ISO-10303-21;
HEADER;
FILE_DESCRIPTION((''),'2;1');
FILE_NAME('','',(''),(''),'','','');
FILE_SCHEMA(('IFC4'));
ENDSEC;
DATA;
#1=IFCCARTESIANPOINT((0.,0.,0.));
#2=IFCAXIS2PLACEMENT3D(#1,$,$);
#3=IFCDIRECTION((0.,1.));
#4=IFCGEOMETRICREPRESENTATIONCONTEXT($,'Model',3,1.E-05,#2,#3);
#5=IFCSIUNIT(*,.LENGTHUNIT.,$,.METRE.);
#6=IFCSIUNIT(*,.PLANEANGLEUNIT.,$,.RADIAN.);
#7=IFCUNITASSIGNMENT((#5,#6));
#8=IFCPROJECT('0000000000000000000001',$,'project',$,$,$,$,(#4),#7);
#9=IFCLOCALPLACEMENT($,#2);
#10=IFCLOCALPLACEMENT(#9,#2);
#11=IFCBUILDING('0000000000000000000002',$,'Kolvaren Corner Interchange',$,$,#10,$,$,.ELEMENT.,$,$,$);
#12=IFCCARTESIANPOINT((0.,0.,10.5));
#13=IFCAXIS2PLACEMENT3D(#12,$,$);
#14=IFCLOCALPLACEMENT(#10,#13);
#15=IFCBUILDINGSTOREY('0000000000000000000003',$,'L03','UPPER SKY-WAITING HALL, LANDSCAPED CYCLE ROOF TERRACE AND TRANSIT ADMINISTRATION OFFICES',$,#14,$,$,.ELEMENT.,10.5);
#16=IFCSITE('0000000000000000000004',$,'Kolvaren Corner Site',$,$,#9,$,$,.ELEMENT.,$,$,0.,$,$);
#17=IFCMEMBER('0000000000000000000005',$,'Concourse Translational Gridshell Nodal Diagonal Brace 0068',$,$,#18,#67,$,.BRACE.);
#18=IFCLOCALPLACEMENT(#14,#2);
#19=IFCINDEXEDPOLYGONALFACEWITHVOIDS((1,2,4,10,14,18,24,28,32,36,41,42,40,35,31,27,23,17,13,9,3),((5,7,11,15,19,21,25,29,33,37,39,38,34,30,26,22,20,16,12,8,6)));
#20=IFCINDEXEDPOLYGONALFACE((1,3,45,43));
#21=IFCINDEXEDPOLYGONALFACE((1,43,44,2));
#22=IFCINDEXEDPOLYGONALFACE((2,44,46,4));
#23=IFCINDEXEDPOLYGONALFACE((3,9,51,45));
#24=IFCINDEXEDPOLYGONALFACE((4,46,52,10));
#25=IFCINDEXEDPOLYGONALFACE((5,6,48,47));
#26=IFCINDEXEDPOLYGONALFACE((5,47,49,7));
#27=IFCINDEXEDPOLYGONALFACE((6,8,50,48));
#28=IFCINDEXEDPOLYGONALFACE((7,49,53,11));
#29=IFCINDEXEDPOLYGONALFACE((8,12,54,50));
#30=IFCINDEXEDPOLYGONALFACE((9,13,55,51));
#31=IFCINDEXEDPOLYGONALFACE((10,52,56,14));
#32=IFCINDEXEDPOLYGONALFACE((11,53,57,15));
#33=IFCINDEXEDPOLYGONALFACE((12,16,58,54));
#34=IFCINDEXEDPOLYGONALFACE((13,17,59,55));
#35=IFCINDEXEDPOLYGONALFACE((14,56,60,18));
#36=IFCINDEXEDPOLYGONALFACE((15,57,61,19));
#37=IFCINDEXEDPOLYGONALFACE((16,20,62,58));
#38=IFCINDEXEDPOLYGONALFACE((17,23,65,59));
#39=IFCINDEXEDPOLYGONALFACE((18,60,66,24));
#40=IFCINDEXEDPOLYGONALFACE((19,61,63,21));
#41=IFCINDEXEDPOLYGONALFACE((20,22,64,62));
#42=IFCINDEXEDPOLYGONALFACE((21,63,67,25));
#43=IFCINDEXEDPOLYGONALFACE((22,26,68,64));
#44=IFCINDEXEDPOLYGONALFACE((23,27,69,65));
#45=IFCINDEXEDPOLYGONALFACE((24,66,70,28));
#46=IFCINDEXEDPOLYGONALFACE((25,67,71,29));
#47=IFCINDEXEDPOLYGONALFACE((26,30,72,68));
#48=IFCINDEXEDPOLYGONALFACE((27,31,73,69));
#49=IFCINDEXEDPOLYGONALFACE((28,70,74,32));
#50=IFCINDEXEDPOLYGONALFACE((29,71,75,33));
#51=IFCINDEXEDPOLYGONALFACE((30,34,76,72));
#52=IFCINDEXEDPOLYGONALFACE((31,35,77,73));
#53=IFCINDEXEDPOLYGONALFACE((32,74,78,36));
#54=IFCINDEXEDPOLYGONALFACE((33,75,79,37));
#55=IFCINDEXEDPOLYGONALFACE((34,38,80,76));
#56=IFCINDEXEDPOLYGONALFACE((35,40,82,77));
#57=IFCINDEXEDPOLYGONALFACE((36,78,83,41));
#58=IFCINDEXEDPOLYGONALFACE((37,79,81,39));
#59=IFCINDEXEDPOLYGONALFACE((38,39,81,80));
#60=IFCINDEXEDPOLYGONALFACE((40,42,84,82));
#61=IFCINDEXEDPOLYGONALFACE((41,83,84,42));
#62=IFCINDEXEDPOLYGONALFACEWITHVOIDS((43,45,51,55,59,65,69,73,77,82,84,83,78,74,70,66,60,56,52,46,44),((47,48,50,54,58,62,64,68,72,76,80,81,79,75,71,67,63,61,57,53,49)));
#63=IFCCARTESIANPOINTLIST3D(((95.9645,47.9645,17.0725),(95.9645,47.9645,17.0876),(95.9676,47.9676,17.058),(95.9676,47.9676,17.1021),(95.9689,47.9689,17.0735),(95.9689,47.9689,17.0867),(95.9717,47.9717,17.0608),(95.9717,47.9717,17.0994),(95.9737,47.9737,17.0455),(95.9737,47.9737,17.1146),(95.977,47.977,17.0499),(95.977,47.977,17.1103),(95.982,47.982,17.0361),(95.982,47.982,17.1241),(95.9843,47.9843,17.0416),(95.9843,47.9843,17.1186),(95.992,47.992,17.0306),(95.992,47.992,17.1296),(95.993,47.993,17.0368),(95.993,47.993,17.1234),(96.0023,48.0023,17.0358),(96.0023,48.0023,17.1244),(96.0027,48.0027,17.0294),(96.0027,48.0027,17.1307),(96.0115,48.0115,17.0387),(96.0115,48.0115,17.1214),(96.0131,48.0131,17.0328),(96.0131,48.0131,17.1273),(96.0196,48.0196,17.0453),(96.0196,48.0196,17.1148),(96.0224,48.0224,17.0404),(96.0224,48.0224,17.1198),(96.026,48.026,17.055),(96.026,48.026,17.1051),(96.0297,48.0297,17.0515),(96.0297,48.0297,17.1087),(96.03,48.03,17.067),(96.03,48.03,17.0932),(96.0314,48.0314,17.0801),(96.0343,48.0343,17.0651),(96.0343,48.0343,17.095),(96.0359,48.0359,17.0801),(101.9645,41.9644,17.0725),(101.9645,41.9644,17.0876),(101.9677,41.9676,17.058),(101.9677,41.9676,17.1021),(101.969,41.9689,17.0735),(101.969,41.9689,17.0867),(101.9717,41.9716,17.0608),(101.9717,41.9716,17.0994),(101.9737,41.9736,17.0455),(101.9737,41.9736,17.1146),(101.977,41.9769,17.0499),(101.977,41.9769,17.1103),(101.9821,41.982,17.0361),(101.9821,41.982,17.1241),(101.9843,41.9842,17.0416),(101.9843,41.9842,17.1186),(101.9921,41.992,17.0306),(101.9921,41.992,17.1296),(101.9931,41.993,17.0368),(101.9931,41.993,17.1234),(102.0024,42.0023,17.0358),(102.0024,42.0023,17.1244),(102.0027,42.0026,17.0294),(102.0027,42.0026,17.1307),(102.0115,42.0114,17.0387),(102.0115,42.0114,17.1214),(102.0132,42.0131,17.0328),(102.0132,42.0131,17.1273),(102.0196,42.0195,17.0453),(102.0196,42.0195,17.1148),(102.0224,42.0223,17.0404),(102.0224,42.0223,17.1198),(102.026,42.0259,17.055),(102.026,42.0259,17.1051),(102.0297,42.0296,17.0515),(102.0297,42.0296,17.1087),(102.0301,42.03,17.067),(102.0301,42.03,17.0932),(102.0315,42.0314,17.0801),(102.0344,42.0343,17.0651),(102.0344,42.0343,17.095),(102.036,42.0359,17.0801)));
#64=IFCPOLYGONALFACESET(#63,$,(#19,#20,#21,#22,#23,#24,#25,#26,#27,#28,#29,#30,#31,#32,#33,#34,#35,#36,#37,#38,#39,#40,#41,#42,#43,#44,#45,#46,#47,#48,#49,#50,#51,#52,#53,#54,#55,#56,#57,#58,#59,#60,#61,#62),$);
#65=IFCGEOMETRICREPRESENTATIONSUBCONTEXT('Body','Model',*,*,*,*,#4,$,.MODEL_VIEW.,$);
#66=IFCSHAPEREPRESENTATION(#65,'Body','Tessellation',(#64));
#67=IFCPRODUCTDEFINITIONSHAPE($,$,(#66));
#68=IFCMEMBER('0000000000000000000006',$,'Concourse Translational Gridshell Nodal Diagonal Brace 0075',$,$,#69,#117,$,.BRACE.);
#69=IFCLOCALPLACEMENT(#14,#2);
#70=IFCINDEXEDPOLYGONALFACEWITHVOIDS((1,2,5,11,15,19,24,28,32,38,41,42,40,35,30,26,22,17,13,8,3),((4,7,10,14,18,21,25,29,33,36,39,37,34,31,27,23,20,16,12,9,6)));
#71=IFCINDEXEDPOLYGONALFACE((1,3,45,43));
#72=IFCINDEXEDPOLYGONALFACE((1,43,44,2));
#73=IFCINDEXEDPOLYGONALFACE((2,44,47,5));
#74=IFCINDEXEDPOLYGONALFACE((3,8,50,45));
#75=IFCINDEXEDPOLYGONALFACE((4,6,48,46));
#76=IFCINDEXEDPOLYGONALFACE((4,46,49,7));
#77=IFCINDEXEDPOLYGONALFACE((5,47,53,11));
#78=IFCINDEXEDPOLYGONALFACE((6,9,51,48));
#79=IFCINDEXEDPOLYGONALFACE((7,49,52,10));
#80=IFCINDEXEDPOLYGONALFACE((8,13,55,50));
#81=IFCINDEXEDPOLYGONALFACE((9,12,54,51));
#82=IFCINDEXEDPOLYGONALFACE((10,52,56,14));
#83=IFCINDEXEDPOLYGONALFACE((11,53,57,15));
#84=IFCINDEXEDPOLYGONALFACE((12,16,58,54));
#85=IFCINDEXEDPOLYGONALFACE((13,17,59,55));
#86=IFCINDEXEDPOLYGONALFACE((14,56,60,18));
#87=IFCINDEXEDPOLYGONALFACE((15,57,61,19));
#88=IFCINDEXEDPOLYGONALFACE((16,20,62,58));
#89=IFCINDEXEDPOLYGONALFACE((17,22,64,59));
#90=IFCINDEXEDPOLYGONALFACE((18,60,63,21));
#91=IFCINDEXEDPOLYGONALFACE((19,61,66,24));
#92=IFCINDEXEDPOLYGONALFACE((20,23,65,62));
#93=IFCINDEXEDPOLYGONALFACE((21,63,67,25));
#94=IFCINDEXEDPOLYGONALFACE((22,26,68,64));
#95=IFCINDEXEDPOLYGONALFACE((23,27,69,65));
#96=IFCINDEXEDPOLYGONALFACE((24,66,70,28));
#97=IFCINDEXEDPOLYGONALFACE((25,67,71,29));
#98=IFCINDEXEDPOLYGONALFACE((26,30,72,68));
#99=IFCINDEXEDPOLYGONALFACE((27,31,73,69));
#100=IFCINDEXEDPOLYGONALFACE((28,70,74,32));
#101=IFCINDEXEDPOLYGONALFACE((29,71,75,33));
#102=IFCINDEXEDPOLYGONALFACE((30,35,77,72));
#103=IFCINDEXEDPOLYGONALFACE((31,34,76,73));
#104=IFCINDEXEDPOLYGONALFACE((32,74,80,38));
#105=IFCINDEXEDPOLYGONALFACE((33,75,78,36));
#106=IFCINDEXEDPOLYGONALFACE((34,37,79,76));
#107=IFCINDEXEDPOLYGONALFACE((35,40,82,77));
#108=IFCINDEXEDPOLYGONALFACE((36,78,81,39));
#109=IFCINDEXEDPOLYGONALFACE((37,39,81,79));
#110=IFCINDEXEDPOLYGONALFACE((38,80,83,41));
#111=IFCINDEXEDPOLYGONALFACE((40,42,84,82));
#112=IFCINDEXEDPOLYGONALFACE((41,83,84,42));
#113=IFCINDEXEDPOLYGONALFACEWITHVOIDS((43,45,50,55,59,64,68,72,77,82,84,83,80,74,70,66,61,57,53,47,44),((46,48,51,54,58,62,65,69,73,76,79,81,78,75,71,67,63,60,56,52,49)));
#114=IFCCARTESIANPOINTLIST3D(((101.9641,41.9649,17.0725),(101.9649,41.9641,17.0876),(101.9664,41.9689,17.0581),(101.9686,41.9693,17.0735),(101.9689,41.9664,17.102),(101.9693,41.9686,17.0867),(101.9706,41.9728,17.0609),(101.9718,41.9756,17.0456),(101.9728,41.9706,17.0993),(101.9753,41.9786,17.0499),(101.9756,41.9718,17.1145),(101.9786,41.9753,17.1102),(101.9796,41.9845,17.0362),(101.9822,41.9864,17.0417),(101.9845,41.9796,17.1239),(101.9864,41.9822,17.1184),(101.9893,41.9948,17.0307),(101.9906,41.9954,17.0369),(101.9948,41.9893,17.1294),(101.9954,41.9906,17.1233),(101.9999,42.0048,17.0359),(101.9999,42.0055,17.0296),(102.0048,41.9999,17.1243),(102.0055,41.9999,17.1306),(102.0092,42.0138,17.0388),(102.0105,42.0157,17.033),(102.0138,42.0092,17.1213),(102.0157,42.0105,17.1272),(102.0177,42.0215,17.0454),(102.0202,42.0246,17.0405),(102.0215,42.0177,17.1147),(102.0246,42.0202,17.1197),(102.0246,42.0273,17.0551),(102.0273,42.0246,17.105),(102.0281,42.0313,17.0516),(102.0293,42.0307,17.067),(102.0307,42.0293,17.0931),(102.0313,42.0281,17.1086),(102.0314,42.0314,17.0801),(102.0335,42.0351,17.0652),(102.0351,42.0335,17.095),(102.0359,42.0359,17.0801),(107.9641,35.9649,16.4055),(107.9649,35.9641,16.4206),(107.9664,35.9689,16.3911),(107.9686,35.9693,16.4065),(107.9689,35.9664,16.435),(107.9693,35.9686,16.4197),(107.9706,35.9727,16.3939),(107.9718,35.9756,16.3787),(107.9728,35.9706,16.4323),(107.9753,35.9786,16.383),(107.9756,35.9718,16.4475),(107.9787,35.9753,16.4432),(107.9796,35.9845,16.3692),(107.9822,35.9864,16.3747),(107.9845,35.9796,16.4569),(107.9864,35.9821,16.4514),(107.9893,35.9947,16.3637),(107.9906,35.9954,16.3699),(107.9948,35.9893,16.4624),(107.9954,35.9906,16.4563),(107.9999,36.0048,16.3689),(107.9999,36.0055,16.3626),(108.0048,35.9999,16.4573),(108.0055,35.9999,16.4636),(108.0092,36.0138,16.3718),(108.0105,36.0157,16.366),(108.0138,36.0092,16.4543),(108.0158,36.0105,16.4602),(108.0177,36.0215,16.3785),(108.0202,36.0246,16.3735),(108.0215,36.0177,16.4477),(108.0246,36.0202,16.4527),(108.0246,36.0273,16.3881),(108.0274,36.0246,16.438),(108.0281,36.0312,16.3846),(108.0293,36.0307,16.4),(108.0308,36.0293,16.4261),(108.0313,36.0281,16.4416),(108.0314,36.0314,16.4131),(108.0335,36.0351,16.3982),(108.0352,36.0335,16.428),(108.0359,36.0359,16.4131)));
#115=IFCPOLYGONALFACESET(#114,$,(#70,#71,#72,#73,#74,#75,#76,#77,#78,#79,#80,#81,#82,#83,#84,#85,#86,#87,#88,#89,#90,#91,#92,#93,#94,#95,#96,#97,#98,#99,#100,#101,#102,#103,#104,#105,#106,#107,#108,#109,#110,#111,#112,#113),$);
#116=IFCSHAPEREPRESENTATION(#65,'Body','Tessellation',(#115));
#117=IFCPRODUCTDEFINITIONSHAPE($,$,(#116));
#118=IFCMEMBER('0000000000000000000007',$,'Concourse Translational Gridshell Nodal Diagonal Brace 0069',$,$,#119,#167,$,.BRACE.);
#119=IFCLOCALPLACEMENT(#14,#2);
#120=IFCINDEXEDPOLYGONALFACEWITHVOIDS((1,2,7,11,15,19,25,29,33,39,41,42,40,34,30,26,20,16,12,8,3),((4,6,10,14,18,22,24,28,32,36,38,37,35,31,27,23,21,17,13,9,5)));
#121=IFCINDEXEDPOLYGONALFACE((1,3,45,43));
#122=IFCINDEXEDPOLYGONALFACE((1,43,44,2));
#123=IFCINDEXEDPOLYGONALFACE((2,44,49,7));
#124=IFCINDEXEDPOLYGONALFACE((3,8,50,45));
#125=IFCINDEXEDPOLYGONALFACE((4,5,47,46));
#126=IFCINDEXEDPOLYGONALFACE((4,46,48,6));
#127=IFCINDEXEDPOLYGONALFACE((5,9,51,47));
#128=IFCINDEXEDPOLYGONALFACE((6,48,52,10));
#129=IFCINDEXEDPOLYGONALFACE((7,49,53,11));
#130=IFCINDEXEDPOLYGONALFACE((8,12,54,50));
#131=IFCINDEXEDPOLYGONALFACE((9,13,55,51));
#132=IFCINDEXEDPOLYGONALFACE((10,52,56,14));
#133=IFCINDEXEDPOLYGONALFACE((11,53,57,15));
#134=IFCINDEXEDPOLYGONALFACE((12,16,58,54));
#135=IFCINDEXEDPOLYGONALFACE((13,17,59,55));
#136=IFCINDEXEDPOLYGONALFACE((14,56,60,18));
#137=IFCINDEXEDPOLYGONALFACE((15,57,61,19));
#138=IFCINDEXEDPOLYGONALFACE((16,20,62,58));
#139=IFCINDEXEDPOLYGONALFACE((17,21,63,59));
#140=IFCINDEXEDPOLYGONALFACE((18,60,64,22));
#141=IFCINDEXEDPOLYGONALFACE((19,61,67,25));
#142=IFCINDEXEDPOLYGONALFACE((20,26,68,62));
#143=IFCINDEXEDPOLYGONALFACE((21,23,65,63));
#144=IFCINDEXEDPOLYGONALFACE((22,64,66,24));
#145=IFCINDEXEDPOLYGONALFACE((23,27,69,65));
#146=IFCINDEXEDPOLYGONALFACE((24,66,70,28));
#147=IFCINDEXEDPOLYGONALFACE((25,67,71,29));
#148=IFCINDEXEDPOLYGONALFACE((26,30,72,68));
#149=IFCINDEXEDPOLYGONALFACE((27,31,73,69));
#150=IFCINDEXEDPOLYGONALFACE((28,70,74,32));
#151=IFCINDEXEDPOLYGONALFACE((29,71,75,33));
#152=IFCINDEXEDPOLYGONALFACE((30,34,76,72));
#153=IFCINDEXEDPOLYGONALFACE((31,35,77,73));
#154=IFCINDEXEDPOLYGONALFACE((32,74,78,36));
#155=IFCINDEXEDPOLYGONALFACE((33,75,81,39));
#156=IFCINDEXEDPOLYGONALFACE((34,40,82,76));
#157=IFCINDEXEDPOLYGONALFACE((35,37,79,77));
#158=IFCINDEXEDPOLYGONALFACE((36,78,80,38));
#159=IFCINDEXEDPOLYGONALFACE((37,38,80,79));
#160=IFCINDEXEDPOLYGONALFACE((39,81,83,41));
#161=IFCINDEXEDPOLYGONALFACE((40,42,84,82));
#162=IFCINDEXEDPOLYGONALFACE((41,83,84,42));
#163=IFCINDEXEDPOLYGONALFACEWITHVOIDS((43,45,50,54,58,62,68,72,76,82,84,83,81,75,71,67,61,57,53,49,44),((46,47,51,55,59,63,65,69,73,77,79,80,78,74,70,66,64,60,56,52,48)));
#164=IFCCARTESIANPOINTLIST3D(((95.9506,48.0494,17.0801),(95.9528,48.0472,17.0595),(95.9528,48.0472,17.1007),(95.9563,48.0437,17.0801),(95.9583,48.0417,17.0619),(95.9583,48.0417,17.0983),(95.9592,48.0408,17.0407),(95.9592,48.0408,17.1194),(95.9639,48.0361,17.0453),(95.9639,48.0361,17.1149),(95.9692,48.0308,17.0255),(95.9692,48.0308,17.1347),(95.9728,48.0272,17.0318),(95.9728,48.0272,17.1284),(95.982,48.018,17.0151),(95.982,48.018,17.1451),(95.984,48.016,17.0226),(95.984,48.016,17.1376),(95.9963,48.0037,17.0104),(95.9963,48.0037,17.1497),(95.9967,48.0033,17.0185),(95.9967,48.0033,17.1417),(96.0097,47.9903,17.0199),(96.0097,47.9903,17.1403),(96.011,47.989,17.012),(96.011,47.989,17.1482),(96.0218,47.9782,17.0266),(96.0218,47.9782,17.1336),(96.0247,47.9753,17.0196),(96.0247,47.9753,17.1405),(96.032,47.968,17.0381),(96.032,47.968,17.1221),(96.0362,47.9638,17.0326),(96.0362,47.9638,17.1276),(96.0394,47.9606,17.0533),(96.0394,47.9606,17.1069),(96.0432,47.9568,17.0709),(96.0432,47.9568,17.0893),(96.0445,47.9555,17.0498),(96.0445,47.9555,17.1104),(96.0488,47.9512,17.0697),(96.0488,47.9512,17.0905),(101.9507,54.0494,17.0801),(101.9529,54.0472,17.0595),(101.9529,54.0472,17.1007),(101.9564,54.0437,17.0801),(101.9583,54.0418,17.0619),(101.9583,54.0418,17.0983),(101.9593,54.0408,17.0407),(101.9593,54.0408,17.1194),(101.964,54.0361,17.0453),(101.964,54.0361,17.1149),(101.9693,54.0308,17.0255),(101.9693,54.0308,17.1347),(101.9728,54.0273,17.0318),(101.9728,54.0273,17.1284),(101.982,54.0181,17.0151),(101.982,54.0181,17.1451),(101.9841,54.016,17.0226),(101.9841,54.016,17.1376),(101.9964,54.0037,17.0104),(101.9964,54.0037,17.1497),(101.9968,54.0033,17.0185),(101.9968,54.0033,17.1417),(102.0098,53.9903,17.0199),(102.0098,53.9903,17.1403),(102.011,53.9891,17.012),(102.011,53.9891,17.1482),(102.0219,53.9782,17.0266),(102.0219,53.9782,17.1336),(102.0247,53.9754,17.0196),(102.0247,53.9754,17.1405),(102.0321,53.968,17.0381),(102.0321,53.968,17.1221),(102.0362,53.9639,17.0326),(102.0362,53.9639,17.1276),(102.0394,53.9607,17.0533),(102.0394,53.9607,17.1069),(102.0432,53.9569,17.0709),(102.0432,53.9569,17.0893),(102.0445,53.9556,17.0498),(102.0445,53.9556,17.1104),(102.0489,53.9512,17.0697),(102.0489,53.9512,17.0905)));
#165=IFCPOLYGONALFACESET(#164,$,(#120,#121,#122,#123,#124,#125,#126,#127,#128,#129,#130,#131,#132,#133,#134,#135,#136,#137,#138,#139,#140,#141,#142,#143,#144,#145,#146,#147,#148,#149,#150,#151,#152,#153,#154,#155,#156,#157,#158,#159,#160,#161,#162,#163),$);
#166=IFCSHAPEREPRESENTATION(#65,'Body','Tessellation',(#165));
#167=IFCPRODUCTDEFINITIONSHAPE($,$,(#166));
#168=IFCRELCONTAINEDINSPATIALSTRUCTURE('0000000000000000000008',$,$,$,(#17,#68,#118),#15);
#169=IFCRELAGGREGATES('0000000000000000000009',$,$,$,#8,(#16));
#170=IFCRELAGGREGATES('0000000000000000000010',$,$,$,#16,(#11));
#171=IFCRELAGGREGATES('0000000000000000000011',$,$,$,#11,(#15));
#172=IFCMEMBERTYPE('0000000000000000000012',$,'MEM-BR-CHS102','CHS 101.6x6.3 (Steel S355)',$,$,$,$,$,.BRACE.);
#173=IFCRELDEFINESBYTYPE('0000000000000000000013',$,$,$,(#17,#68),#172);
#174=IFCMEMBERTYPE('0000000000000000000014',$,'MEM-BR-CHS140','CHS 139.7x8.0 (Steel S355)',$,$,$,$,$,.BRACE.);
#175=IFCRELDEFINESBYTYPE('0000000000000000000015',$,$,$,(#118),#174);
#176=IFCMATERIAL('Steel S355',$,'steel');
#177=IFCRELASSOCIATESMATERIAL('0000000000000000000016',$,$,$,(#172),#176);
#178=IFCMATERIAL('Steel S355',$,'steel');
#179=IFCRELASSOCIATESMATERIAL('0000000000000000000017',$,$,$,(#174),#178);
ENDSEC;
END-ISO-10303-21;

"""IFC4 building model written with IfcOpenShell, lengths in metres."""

from ifc_helpers import new_model, si_unit, direction, frame, origin, origin_2d, place, context, subcontext, project, spatial, hollow_circle, extrude, material, material_profile, profile_set, type_object, element, save


model = new_model("IFC4")

# Units and contexts
model_context = context("Model", 3, precision=1e-05, world=origin(), true_north=direction((0.0, 1.0)))
body_context = subcontext(model_context, "Body", "Model", "MODEL_VIEW")
ifc_project = project(units=[si_unit("LENGTHUNIT", "METRE"), si_unit("PLANEANGLEUNIT", "RADIAN")], contexts=[model_context])

# Site, building, storey
site_placement = place(None, origin())
site = spatial("IfcSite", under=ifc_project, at=site_placement, Name="Kolvaren Corner Site", CompositionType="ELEMENT", RefElevation=0.0)
building_placement = place(site_placement, origin())
building = spatial("IfcBuilding", under=site, at=building_placement, Name="Kolvaren Corner Interchange", CompositionType="ELEMENT")
storey_placement = place(building_placement, frame((0.0, 0.0, 10.5)))
storey = spatial("IfcBuildingStorey", under=building, at=storey_placement, Name="L03", Description="UPPER SKY-WAITING HALL, LANDSCAPED CYCLE ROOF TERRACE AND TRANSIT ADMINISTRATION OFFICES", CompositionType="ELEMENT", Elevation=10.5)

# Members
ifc_material_1 = material(Name="Steel S355", Category="steel")
ifc_material_profile_1 = material_profile(ifc_material_1, hollow_circle(Radius=0.0508, WallThickness=0.0063, at=origin_2d()), Name="CHS 101.6x6.3")
ifc_profile_set_1 = profile_set([ifc_material_profile_1], Name="Steel S355")
member_type_1 = type_object("IfcMemberType", Name="MEM-BR-CHS102", Description="CHS 101.6x6.3 (Steel S355)", PredefinedType="BRACE", material=ifc_profile_set_1)
member_1_placement = place(storey_placement, frame((96.0, 48.0, 17.0801), z_axis=(0.707107, -0.707107, 0.0), x_axis=(0.707107, 0.707107, 0.0)))
element("IfcMember", 1, at=member_1_placement, inside=storey, type_object=member_type_1, Name="Concourse Translational Gridshell Nodal Diagonal Brace 0068", PredefinedType="BRACE", context=body_context, shape_type="SweptSolid", body=[
    extrude(hollow_circle(Radius=0.0508, WallThickness=0.0063, at=origin_2d()), origin(), (0.0, 0.0, 1.0), 8.4854),
])
member_2_placement = place(storey_placement, frame((102.0, 42.0, 17.0801), z_axis=(0.704932, -0.704932, -0.078364), x_axis=(0.707107, 0.707107, 0.0)))
element("IfcMember", 2, at=member_2_placement, inside=storey, type_object=member_type_1, Name="Concourse Translational Gridshell Nodal Diagonal Brace 0075", PredefinedType="BRACE", context=body_context, shape_type="SweptSolid", body=[
    extrude(hollow_circle(Radius=0.0508, WallThickness=0.0063, at=origin_2d()), origin(), (0.0, 0.0, 1.0), 8.5115),
])
ifc_material_2 = material(Name="Steel S355", Category="steel")
ifc_material_profile_2 = material_profile(ifc_material_2, hollow_circle(Radius=0.0698, WallThickness=0.0081, at=origin_2d()), Name="CHS 139.7x8.0")
ifc_profile_set_2 = profile_set([ifc_material_profile_2], Name="Steel S355")
member_type_2 = type_object("IfcMemberType", Name="MEM-BR-CHS140", Description="CHS 139.7x8.0 (Steel S355)", PredefinedType="BRACE", material=ifc_profile_set_2)
for number, where, z_axis, x_axis, name in (
    (3, (96.0, 48.0, 17.0801), (0.707107, 0.707107, 0.0), (-0.707107, 0.707107, 0.0), "Concourse Translational Gridshell Nodal Diagonal Brace 0069"),
):
    element("IfcMember", number, at=place(storey_placement, frame(where, z_axis=z_axis, x_axis=x_axis)), inside=storey, type_object=member_type_2, Name=name, PredefinedType="BRACE", context=body_context, shape_type="SweptSolid", body=[
        extrude(hollow_circle(Radius=0.0698, WallThickness=0.0081, at=origin_2d()), origin(), (0.0, 0.0, 1.0), 8.4854),
    ])

save(model, "model.ifc")
